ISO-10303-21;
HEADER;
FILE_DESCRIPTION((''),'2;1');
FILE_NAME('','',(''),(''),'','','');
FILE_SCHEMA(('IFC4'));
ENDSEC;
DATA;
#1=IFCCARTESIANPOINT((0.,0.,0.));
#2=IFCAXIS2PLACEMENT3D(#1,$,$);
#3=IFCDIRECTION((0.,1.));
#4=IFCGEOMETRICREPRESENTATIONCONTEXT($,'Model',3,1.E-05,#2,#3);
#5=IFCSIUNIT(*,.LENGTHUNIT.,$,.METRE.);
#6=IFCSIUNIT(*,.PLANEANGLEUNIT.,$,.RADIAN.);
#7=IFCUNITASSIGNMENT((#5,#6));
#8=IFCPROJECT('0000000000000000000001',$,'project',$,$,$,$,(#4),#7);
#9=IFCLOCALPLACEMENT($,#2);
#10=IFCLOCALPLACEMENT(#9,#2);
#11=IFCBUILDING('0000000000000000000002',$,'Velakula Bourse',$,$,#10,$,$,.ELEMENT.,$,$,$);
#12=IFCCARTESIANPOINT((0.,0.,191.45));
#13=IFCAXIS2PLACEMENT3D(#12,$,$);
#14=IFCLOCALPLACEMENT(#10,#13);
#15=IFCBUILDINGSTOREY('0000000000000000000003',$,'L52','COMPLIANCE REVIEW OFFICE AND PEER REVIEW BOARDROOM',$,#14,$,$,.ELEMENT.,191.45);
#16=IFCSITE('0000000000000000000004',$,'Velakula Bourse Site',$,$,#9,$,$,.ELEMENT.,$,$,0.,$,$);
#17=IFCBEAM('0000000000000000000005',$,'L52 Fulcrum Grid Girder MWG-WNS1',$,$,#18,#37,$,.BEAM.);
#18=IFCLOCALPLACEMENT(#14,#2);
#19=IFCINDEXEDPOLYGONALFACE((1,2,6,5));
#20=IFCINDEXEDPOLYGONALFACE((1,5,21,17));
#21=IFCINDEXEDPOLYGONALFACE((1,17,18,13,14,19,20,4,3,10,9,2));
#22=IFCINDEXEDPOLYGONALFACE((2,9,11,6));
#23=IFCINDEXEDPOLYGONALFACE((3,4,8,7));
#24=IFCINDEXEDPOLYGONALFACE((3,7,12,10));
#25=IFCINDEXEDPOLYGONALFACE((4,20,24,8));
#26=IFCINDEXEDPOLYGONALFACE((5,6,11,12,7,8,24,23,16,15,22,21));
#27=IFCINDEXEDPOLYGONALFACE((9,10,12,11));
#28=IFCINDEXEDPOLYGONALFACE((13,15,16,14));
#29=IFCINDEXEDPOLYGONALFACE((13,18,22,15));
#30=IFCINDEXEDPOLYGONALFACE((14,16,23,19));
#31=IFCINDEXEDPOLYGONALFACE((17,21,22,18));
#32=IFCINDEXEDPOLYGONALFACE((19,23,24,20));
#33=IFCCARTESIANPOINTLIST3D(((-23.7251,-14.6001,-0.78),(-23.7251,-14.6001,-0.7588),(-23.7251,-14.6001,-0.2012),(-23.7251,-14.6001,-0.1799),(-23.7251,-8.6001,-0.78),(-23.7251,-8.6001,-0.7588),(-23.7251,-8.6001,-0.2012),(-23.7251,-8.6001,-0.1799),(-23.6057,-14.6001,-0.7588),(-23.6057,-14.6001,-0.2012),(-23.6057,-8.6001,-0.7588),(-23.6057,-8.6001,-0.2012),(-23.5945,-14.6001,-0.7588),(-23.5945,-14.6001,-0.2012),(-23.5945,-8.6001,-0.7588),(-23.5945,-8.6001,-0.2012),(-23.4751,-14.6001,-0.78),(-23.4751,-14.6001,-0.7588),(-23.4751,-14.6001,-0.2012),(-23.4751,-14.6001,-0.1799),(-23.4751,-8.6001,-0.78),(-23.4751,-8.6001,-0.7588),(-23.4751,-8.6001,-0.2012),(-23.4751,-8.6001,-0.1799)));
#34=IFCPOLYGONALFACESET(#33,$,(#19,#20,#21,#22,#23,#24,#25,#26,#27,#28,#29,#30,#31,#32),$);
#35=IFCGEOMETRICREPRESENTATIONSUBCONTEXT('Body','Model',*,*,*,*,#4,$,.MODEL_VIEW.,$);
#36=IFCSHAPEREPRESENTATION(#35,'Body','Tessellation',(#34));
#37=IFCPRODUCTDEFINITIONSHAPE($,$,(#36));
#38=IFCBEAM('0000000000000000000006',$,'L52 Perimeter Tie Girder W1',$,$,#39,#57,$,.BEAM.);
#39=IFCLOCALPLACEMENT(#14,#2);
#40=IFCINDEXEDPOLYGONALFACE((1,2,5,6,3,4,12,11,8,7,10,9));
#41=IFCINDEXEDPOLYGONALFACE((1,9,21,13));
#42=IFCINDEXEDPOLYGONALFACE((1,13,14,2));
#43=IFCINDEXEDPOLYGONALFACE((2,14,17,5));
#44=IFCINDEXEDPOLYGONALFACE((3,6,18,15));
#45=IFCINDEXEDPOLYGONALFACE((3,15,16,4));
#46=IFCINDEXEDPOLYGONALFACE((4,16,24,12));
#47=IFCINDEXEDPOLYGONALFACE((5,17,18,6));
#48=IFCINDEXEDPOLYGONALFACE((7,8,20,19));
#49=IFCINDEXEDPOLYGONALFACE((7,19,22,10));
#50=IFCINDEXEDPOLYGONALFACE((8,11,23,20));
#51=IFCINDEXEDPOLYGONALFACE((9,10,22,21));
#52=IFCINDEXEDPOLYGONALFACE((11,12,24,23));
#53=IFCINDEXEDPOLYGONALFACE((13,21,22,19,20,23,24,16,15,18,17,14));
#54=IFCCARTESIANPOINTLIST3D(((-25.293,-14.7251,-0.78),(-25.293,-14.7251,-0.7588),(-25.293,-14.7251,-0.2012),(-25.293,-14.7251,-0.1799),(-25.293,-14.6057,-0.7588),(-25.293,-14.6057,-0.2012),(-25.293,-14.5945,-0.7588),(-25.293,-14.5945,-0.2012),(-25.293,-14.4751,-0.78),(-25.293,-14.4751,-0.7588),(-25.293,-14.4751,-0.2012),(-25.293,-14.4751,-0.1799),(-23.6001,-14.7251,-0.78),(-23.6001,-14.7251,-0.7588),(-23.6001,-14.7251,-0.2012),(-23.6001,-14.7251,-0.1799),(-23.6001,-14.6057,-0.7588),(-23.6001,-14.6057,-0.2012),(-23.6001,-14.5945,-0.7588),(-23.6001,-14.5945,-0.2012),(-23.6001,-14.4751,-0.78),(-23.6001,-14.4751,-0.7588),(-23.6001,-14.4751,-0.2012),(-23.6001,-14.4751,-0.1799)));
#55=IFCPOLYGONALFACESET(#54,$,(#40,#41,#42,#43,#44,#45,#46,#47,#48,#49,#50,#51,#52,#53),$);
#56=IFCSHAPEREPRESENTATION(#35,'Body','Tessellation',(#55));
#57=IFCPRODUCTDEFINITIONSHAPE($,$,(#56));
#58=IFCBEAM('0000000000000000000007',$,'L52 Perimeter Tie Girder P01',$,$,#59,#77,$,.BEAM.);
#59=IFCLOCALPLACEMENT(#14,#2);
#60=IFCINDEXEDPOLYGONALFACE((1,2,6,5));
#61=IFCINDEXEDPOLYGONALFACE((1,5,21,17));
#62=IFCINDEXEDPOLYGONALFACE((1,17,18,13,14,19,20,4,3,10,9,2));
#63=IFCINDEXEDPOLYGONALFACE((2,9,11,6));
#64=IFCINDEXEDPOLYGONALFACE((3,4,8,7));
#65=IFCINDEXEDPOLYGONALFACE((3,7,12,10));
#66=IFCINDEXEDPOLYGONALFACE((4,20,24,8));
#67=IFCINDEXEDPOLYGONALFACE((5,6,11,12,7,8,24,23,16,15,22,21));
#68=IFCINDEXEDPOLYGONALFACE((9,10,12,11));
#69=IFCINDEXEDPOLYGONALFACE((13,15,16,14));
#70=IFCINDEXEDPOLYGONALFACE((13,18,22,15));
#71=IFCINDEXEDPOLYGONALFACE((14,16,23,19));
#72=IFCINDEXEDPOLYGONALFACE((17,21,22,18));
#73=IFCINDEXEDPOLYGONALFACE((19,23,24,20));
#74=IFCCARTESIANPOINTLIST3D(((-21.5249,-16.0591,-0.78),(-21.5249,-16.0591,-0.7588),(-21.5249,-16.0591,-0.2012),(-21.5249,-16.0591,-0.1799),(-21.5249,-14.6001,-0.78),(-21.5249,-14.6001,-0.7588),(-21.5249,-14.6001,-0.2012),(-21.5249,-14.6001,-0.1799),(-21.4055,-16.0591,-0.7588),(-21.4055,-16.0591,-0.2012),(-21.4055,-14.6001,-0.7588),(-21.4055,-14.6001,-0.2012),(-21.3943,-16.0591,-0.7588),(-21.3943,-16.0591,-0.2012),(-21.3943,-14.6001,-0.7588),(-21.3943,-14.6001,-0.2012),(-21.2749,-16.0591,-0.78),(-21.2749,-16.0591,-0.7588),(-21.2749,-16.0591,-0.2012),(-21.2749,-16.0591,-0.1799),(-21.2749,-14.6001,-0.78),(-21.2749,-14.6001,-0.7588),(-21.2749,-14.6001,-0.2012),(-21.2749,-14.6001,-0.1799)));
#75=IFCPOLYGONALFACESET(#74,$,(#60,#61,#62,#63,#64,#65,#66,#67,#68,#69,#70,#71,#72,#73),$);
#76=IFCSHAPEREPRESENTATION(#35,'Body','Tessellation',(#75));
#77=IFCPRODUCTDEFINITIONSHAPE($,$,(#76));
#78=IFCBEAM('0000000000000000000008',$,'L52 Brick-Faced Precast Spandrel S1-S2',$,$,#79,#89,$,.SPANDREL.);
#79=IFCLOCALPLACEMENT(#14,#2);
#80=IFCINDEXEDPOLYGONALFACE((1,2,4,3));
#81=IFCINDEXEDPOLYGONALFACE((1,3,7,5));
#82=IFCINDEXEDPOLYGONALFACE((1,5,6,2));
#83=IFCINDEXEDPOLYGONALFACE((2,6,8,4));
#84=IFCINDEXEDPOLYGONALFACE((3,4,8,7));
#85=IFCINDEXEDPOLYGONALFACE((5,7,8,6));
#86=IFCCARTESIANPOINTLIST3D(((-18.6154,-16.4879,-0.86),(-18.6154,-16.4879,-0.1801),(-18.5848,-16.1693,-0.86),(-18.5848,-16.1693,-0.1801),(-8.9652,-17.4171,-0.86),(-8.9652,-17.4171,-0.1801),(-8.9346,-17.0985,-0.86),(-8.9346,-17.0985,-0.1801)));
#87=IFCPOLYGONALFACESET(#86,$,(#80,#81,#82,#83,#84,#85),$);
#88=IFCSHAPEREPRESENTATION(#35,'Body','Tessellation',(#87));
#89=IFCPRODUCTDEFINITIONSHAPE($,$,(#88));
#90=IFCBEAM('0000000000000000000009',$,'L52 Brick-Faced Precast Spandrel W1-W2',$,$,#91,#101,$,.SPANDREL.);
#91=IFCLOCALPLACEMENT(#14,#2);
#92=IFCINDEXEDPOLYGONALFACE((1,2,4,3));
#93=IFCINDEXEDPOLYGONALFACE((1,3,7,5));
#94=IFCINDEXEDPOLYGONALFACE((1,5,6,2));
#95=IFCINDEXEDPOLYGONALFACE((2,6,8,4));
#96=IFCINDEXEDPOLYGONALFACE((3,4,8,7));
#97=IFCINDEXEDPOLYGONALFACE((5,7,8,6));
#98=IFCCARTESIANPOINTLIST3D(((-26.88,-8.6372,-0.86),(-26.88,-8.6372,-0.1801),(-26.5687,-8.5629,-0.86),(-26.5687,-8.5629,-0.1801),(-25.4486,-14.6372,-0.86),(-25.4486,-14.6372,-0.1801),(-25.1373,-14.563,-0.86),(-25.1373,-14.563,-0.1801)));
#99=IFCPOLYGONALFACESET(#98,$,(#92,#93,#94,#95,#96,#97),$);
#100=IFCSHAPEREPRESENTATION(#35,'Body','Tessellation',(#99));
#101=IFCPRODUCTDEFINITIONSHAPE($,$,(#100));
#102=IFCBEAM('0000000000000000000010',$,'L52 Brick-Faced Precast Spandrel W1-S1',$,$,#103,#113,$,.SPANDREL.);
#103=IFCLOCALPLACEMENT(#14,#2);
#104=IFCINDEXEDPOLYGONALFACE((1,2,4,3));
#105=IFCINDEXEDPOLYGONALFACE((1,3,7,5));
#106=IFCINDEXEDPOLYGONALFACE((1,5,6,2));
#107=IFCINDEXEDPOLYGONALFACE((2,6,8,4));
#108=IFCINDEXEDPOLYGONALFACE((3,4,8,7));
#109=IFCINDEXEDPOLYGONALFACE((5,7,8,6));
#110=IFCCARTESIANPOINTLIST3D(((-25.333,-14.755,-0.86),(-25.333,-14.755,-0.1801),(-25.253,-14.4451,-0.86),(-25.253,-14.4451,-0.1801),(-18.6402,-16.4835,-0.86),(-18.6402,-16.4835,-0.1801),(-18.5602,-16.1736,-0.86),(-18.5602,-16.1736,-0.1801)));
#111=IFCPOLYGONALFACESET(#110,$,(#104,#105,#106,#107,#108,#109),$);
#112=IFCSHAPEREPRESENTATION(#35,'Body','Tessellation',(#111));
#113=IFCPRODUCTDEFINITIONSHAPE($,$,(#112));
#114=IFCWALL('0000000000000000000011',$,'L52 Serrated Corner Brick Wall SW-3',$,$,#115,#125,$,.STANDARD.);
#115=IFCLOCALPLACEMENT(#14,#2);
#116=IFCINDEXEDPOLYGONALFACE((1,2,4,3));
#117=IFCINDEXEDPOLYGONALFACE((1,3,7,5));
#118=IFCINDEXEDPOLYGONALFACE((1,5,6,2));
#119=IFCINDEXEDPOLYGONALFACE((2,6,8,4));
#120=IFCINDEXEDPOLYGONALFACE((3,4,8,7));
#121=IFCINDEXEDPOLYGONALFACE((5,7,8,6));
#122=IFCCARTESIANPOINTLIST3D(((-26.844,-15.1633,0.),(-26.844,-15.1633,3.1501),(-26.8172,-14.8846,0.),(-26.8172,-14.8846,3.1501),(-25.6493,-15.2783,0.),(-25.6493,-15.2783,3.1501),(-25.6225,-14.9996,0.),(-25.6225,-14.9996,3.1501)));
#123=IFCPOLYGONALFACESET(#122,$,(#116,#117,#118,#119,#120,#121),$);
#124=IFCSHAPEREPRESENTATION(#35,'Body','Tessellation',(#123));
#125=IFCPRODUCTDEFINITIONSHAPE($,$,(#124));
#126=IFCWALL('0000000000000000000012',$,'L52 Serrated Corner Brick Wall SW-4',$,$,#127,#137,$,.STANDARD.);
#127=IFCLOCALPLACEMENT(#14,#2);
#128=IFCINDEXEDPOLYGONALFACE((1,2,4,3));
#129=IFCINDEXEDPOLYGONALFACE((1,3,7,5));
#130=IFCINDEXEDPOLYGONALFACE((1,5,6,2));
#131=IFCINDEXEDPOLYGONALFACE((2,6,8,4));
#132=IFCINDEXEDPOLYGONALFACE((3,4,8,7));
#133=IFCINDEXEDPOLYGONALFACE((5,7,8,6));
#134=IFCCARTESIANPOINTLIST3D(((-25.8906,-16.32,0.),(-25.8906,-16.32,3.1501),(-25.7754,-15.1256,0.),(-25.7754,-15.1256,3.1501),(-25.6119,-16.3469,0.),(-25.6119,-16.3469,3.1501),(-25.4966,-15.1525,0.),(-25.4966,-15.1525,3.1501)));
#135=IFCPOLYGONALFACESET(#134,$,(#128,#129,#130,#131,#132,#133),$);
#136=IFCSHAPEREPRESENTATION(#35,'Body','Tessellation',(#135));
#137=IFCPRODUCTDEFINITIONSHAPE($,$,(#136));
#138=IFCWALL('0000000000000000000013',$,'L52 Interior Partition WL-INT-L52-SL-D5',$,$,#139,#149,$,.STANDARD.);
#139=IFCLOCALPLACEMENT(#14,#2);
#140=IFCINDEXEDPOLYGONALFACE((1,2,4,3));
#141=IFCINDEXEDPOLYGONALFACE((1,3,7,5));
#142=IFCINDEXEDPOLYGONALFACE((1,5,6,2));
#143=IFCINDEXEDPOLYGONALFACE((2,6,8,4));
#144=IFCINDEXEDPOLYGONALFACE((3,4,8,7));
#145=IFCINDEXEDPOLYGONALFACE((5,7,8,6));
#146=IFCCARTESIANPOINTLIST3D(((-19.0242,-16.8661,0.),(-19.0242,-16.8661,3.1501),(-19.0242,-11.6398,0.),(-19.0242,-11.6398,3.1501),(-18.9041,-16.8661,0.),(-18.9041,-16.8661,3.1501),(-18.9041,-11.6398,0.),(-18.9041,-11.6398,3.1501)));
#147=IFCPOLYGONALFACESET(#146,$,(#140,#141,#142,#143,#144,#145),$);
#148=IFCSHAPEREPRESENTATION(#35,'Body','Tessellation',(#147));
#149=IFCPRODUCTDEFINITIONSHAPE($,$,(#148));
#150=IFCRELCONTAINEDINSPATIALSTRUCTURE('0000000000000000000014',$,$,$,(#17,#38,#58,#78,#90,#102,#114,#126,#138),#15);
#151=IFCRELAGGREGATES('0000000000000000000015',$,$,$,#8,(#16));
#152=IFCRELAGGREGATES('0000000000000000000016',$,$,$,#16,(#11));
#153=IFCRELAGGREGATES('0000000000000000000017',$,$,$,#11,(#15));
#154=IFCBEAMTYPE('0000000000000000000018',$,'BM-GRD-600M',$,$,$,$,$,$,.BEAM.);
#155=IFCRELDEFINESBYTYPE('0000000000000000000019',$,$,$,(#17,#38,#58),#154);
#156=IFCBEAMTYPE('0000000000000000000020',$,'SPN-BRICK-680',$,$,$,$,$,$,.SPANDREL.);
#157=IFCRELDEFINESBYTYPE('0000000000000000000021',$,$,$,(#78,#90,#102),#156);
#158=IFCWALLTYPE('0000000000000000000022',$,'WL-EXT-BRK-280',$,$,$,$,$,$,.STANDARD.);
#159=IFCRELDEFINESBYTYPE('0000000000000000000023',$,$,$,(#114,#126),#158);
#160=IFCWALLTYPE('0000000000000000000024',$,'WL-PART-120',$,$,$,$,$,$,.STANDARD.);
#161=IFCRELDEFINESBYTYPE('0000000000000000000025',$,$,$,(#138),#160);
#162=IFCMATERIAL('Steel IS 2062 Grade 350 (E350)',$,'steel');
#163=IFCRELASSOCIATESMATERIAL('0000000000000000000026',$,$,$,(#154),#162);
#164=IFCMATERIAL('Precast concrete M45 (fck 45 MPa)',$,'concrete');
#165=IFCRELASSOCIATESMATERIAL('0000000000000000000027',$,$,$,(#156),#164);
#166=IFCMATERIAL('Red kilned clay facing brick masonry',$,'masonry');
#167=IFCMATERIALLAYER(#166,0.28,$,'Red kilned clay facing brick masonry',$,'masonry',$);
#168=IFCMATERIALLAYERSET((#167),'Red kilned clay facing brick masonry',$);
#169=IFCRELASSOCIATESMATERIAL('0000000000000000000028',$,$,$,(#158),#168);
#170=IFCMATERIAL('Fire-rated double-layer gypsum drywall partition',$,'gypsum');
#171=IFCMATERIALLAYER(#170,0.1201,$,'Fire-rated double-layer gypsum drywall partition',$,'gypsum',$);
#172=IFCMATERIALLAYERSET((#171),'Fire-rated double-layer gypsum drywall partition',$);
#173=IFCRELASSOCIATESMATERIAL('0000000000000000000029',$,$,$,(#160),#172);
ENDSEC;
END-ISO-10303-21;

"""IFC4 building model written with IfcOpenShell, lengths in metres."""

from ifc_helpers import new_model, si_unit, direction, frame, frame_2d, origin, origin_2d, place, context, subcontext, project, spatial, rectangle, i_section, extrude, material, layer, layer_set, material_profile, profile_set, type_object, element, save


model = new_model("IFC4")

# Units and contexts
model_context = context("Model", 3, precision=1e-05, world=origin(), true_north=direction((0.0, 1.0)))
body_context = subcontext(model_context, "Body", "Model", "MODEL_VIEW")
ifc_project = project(units=[si_unit("LENGTHUNIT", "METRE"), si_unit("PLANEANGLEUNIT", "RADIAN")], contexts=[model_context])

# Site, building, storey
site_placement = place(None, origin())
site = spatial("IfcSite", under=ifc_project, at=site_placement, Name="Velakula Bourse Site", CompositionType="ELEMENT", RefElevation=0.0)
building_placement = place(site_placement, origin())
building = spatial("IfcBuilding", under=site, at=building_placement, Name="Velakula Bourse", CompositionType="ELEMENT")
storey_placement = place(building_placement, frame((0.0, 0.0, 191.45)))
storey = spatial("IfcBuildingStorey", under=building, at=storey_placement, Name="L52", Description="COMPLIANCE REVIEW OFFICE AND PEER REVIEW BOARDROOM", CompositionType="ELEMENT", Elevation=191.45)

# Shared definitions
ifc_material_1 = material(Name="Steel IS 2062 Grade 350 (E350)", Category="steel")
ifc_material_2 = material(Name="Precast concrete M45 (fck 45 MPa)", Category="concrete")

# Beams
ifc_material_profile_1 = material_profile(ifc_material_1, i_section(OverallWidth=0.25, OverallDepth=0.6001, WebThickness=0.0112, FlangeThickness=0.0212, at=origin_2d()), Name="Steel IS 2062 Grade 350 (E350)")
ifc_profile_set_1 = profile_set([ifc_material_profile_1], Name="Steel IS 2062 Grade 350 (E350)")
beam_type_1 = type_object("IfcBeamType", Name="BM-GRD-600M", PredefinedType="BEAM", material=ifc_profile_set_1)
beam_1_placement = place(storey_placement, frame((-23.6001, -14.6001, -0.48), z_axis=(0.0, 1.0, 0.0), x_axis=(-1.0, 0.0, 0.0)))
element("IfcBeam", 1, at=beam_1_placement, inside=storey, type_object=beam_type_1, Name="L52 Fulcrum Grid Girder MWG-WNS1", PredefinedType="BEAM", context=body_context, shape_type="SweptSolid", body=[
    extrude(i_section(OverallWidth=0.25, OverallDepth=0.6001, WebThickness=0.0112, FlangeThickness=0.0212, at=origin_2d()), origin(), (0.0, 0.0, 1.0), 6.0),
])
beam_2_placement = place(storey_placement, frame((-23.6001, -14.6001, -0.48), z_axis=(-1.0, 0.0, 0.0), x_axis=(0.0, -1.0, 0.0)))
element("IfcBeam", 2, at=beam_2_placement, inside=storey, type_object=beam_type_1, Name="L52 Perimeter Tie Girder W1", PredefinedType="BEAM", context=body_context, shape_type="SweptSolid", body=[
    extrude(i_section(OverallWidth=0.25, OverallDepth=0.6001, WebThickness=0.0112, FlangeThickness=0.0212, at=origin_2d()), origin(), (0.0, 0.0, 1.0), 1.6929),
])
beam_3_placement = place(storey_placement, frame((-21.3999, -14.6001, -0.48), z_axis=(0.0, -1.0, 0.0), x_axis=(1.0, 0.0, 0.0)))
element("IfcBeam", 3, at=beam_3_placement, inside=storey, type_object=beam_type_1, Name="L52 Perimeter Tie Girder P01", PredefinedType="BEAM", context=body_context, shape_type="SweptSolid", body=[
    extrude(i_section(OverallWidth=0.25, OverallDepth=0.6001, WebThickness=0.0112, FlangeThickness=0.0212, at=origin_2d()), origin(), (0.0, 0.0, 1.0), 1.459),
])
ifc_material_profile_2 = material_profile(ifc_material_2, rectangle(XDim=0.3201, YDim=0.6799, at=origin_2d()), Name="Precast concrete M45 (fck 45 MPa)")
ifc_profile_set_2 = profile_set([ifc_material_profile_2], Name="Precast concrete M45 (fck 45 MPa)")
beam_type_2 = type_object("IfcBeamType", Name="SPN-BRICK-680", PredefinedType="SPANDREL", material=ifc_profile_set_2)
beam_4_placement = place(storey_placement, frame((-18.6001, -16.3286, -0.52), z_axis=(0.995396, -0.095845, 0.0), x_axis=(0.095845, 0.995396, 0.0)))
element("IfcBeam", 4, at=beam_4_placement, inside=storey, type_object=beam_type_2, Name="L52 Brick-Faced Precast Spandrel S1-S2", PredefinedType="SPANDREL", context=body_context, shape_type="SweptSolid", body=[
    extrude(rectangle(XDim=0.3201, YDim=0.6799, at=origin_2d()), origin(), (0.0, 0.0, 1.0), 9.6948),
])
beam_5_placement = place(storey_placement, frame((-25.293, -14.6001, -0.52), z_axis=(-0.232054, 0.972703, 0.0), x_axis=(-0.972703, -0.232054, 0.0)))
element("IfcBeam", 5, at=beam_5_placement, inside=storey, type_object=beam_type_2, Name="L52 Brick-Faced Precast Spandrel W1-W2", PredefinedType="SPANDREL", context=body_context, shape_type="SweptSolid", body=[
    extrude(rectangle(XDim=0.3201, YDim=0.6799, at=origin_2d()), origin(), (0.0, 0.0, 1.0), 6.1685),
])
beam_6_placement = place(storey_placement, frame((-25.293, -14.6001, -0.52), z_axis=(0.968231, -0.250057, 0.0), x_axis=(0.250057, 0.968231, 0.0)))
element("IfcBeam", 6, at=beam_6_placement, inside=storey, type_object=beam_type_2, Name="L52 Brick-Faced Precast Spandrel W1-S1", PredefinedType="SPANDREL", context=body_context, shape_type="SweptSolid", body=[
    extrude(rectangle(XDim=0.3201, YDim=0.6799, at=origin_2d()), origin(), (0.0, 0.0, 1.0), 6.9124),
])

# Walls
ifc_material_3 = material(Name="Red kilned clay facing brick masonry", Category="masonry")
ifc_layer_1 = layer(ifc_material_3, 0.28, Name="Red kilned clay facing brick masonry", Category="masonry")
ifc_layer_set_1 = layer_set([ifc_layer_1], Name="Red kilned clay facing brick masonry")
wall_type_1 = type_object("IfcWallType", Name="WL-EXT-BRK-280", PredefinedType="STANDARD", material=ifc_layer_set_1)
wall_1_placement = place(storey_placement, frame((-26.8306, -15.0239, 0.0), z_axis=(0.0, 0.0, 1.0), x_axis=(0.995399, -0.095817, 0.0)))
element("IfcWall", 7, at=wall_1_placement, inside=storey, type_object=wall_type_1, Name="L52 Serrated Corner Brick Wall SW-3", PredefinedType="STANDARD", context=body_context, shape_type="SweptSolid", body=[
    extrude(rectangle(XDim=1.2002, YDim=0.28, at=frame_2d((0.6001, 0.0))), origin(), (0.0, 0.0, 1.0), 3.1501),
])
wall_2_placement = place(storey_placement, frame((-25.636, -15.1389, 0.0), z_axis=(0.0, 0.0, 1.0), x_axis=(-0.096038, -0.995378, 0.0)))
element("IfcWall", 8, at=wall_2_placement, inside=storey, type_object=wall_type_1, Name="L52 Serrated Corner Brick Wall SW-4", PredefinedType="STANDARD", context=body_context, shape_type="SweptSolid", body=[
    extrude(rectangle(XDim=1.2, YDim=0.28, at=frame_2d((0.6001, 0.0))), origin(), (0.0, 0.0, 1.0), 3.1501),
])
ifc_material_4 = material(Name="Fire-rated double-layer gypsum drywall partition", Category="gypsum")
ifc_layer_2 = layer(ifc_material_4, 0.1201, Name="Fire-rated double-layer gypsum drywall partition", Category="gypsum")
ifc_layer_set_2 = layer_set([ifc_layer_2], Name="Fire-rated double-layer gypsum drywall partition")
wall_type_2 = type_object("IfcWallType", Name="WL-PART-120", PredefinedType="STANDARD", material=ifc_layer_set_2)
wall_3_placement = place(storey_placement, frame((-18.9641, -16.8662, 0.0), z_axis=(0.0, 0.0, 1.0), x_axis=(0.0, 1.0, 0.0)))
element("IfcWall", 9, at=wall_3_placement, inside=storey, type_object=wall_type_2, Name="L52 Interior Partition WL-INT-L52-SL-D5", PredefinedType="STANDARD", context=body_context, shape_type="SweptSolid", body=[
    extrude(rectangle(XDim=5.2263, YDim=0.1201, at=frame_2d((2.6133, 0.0))), origin(), (0.0, 0.0, 1.0), 3.1501),
])

save(model, "model.ifc")
